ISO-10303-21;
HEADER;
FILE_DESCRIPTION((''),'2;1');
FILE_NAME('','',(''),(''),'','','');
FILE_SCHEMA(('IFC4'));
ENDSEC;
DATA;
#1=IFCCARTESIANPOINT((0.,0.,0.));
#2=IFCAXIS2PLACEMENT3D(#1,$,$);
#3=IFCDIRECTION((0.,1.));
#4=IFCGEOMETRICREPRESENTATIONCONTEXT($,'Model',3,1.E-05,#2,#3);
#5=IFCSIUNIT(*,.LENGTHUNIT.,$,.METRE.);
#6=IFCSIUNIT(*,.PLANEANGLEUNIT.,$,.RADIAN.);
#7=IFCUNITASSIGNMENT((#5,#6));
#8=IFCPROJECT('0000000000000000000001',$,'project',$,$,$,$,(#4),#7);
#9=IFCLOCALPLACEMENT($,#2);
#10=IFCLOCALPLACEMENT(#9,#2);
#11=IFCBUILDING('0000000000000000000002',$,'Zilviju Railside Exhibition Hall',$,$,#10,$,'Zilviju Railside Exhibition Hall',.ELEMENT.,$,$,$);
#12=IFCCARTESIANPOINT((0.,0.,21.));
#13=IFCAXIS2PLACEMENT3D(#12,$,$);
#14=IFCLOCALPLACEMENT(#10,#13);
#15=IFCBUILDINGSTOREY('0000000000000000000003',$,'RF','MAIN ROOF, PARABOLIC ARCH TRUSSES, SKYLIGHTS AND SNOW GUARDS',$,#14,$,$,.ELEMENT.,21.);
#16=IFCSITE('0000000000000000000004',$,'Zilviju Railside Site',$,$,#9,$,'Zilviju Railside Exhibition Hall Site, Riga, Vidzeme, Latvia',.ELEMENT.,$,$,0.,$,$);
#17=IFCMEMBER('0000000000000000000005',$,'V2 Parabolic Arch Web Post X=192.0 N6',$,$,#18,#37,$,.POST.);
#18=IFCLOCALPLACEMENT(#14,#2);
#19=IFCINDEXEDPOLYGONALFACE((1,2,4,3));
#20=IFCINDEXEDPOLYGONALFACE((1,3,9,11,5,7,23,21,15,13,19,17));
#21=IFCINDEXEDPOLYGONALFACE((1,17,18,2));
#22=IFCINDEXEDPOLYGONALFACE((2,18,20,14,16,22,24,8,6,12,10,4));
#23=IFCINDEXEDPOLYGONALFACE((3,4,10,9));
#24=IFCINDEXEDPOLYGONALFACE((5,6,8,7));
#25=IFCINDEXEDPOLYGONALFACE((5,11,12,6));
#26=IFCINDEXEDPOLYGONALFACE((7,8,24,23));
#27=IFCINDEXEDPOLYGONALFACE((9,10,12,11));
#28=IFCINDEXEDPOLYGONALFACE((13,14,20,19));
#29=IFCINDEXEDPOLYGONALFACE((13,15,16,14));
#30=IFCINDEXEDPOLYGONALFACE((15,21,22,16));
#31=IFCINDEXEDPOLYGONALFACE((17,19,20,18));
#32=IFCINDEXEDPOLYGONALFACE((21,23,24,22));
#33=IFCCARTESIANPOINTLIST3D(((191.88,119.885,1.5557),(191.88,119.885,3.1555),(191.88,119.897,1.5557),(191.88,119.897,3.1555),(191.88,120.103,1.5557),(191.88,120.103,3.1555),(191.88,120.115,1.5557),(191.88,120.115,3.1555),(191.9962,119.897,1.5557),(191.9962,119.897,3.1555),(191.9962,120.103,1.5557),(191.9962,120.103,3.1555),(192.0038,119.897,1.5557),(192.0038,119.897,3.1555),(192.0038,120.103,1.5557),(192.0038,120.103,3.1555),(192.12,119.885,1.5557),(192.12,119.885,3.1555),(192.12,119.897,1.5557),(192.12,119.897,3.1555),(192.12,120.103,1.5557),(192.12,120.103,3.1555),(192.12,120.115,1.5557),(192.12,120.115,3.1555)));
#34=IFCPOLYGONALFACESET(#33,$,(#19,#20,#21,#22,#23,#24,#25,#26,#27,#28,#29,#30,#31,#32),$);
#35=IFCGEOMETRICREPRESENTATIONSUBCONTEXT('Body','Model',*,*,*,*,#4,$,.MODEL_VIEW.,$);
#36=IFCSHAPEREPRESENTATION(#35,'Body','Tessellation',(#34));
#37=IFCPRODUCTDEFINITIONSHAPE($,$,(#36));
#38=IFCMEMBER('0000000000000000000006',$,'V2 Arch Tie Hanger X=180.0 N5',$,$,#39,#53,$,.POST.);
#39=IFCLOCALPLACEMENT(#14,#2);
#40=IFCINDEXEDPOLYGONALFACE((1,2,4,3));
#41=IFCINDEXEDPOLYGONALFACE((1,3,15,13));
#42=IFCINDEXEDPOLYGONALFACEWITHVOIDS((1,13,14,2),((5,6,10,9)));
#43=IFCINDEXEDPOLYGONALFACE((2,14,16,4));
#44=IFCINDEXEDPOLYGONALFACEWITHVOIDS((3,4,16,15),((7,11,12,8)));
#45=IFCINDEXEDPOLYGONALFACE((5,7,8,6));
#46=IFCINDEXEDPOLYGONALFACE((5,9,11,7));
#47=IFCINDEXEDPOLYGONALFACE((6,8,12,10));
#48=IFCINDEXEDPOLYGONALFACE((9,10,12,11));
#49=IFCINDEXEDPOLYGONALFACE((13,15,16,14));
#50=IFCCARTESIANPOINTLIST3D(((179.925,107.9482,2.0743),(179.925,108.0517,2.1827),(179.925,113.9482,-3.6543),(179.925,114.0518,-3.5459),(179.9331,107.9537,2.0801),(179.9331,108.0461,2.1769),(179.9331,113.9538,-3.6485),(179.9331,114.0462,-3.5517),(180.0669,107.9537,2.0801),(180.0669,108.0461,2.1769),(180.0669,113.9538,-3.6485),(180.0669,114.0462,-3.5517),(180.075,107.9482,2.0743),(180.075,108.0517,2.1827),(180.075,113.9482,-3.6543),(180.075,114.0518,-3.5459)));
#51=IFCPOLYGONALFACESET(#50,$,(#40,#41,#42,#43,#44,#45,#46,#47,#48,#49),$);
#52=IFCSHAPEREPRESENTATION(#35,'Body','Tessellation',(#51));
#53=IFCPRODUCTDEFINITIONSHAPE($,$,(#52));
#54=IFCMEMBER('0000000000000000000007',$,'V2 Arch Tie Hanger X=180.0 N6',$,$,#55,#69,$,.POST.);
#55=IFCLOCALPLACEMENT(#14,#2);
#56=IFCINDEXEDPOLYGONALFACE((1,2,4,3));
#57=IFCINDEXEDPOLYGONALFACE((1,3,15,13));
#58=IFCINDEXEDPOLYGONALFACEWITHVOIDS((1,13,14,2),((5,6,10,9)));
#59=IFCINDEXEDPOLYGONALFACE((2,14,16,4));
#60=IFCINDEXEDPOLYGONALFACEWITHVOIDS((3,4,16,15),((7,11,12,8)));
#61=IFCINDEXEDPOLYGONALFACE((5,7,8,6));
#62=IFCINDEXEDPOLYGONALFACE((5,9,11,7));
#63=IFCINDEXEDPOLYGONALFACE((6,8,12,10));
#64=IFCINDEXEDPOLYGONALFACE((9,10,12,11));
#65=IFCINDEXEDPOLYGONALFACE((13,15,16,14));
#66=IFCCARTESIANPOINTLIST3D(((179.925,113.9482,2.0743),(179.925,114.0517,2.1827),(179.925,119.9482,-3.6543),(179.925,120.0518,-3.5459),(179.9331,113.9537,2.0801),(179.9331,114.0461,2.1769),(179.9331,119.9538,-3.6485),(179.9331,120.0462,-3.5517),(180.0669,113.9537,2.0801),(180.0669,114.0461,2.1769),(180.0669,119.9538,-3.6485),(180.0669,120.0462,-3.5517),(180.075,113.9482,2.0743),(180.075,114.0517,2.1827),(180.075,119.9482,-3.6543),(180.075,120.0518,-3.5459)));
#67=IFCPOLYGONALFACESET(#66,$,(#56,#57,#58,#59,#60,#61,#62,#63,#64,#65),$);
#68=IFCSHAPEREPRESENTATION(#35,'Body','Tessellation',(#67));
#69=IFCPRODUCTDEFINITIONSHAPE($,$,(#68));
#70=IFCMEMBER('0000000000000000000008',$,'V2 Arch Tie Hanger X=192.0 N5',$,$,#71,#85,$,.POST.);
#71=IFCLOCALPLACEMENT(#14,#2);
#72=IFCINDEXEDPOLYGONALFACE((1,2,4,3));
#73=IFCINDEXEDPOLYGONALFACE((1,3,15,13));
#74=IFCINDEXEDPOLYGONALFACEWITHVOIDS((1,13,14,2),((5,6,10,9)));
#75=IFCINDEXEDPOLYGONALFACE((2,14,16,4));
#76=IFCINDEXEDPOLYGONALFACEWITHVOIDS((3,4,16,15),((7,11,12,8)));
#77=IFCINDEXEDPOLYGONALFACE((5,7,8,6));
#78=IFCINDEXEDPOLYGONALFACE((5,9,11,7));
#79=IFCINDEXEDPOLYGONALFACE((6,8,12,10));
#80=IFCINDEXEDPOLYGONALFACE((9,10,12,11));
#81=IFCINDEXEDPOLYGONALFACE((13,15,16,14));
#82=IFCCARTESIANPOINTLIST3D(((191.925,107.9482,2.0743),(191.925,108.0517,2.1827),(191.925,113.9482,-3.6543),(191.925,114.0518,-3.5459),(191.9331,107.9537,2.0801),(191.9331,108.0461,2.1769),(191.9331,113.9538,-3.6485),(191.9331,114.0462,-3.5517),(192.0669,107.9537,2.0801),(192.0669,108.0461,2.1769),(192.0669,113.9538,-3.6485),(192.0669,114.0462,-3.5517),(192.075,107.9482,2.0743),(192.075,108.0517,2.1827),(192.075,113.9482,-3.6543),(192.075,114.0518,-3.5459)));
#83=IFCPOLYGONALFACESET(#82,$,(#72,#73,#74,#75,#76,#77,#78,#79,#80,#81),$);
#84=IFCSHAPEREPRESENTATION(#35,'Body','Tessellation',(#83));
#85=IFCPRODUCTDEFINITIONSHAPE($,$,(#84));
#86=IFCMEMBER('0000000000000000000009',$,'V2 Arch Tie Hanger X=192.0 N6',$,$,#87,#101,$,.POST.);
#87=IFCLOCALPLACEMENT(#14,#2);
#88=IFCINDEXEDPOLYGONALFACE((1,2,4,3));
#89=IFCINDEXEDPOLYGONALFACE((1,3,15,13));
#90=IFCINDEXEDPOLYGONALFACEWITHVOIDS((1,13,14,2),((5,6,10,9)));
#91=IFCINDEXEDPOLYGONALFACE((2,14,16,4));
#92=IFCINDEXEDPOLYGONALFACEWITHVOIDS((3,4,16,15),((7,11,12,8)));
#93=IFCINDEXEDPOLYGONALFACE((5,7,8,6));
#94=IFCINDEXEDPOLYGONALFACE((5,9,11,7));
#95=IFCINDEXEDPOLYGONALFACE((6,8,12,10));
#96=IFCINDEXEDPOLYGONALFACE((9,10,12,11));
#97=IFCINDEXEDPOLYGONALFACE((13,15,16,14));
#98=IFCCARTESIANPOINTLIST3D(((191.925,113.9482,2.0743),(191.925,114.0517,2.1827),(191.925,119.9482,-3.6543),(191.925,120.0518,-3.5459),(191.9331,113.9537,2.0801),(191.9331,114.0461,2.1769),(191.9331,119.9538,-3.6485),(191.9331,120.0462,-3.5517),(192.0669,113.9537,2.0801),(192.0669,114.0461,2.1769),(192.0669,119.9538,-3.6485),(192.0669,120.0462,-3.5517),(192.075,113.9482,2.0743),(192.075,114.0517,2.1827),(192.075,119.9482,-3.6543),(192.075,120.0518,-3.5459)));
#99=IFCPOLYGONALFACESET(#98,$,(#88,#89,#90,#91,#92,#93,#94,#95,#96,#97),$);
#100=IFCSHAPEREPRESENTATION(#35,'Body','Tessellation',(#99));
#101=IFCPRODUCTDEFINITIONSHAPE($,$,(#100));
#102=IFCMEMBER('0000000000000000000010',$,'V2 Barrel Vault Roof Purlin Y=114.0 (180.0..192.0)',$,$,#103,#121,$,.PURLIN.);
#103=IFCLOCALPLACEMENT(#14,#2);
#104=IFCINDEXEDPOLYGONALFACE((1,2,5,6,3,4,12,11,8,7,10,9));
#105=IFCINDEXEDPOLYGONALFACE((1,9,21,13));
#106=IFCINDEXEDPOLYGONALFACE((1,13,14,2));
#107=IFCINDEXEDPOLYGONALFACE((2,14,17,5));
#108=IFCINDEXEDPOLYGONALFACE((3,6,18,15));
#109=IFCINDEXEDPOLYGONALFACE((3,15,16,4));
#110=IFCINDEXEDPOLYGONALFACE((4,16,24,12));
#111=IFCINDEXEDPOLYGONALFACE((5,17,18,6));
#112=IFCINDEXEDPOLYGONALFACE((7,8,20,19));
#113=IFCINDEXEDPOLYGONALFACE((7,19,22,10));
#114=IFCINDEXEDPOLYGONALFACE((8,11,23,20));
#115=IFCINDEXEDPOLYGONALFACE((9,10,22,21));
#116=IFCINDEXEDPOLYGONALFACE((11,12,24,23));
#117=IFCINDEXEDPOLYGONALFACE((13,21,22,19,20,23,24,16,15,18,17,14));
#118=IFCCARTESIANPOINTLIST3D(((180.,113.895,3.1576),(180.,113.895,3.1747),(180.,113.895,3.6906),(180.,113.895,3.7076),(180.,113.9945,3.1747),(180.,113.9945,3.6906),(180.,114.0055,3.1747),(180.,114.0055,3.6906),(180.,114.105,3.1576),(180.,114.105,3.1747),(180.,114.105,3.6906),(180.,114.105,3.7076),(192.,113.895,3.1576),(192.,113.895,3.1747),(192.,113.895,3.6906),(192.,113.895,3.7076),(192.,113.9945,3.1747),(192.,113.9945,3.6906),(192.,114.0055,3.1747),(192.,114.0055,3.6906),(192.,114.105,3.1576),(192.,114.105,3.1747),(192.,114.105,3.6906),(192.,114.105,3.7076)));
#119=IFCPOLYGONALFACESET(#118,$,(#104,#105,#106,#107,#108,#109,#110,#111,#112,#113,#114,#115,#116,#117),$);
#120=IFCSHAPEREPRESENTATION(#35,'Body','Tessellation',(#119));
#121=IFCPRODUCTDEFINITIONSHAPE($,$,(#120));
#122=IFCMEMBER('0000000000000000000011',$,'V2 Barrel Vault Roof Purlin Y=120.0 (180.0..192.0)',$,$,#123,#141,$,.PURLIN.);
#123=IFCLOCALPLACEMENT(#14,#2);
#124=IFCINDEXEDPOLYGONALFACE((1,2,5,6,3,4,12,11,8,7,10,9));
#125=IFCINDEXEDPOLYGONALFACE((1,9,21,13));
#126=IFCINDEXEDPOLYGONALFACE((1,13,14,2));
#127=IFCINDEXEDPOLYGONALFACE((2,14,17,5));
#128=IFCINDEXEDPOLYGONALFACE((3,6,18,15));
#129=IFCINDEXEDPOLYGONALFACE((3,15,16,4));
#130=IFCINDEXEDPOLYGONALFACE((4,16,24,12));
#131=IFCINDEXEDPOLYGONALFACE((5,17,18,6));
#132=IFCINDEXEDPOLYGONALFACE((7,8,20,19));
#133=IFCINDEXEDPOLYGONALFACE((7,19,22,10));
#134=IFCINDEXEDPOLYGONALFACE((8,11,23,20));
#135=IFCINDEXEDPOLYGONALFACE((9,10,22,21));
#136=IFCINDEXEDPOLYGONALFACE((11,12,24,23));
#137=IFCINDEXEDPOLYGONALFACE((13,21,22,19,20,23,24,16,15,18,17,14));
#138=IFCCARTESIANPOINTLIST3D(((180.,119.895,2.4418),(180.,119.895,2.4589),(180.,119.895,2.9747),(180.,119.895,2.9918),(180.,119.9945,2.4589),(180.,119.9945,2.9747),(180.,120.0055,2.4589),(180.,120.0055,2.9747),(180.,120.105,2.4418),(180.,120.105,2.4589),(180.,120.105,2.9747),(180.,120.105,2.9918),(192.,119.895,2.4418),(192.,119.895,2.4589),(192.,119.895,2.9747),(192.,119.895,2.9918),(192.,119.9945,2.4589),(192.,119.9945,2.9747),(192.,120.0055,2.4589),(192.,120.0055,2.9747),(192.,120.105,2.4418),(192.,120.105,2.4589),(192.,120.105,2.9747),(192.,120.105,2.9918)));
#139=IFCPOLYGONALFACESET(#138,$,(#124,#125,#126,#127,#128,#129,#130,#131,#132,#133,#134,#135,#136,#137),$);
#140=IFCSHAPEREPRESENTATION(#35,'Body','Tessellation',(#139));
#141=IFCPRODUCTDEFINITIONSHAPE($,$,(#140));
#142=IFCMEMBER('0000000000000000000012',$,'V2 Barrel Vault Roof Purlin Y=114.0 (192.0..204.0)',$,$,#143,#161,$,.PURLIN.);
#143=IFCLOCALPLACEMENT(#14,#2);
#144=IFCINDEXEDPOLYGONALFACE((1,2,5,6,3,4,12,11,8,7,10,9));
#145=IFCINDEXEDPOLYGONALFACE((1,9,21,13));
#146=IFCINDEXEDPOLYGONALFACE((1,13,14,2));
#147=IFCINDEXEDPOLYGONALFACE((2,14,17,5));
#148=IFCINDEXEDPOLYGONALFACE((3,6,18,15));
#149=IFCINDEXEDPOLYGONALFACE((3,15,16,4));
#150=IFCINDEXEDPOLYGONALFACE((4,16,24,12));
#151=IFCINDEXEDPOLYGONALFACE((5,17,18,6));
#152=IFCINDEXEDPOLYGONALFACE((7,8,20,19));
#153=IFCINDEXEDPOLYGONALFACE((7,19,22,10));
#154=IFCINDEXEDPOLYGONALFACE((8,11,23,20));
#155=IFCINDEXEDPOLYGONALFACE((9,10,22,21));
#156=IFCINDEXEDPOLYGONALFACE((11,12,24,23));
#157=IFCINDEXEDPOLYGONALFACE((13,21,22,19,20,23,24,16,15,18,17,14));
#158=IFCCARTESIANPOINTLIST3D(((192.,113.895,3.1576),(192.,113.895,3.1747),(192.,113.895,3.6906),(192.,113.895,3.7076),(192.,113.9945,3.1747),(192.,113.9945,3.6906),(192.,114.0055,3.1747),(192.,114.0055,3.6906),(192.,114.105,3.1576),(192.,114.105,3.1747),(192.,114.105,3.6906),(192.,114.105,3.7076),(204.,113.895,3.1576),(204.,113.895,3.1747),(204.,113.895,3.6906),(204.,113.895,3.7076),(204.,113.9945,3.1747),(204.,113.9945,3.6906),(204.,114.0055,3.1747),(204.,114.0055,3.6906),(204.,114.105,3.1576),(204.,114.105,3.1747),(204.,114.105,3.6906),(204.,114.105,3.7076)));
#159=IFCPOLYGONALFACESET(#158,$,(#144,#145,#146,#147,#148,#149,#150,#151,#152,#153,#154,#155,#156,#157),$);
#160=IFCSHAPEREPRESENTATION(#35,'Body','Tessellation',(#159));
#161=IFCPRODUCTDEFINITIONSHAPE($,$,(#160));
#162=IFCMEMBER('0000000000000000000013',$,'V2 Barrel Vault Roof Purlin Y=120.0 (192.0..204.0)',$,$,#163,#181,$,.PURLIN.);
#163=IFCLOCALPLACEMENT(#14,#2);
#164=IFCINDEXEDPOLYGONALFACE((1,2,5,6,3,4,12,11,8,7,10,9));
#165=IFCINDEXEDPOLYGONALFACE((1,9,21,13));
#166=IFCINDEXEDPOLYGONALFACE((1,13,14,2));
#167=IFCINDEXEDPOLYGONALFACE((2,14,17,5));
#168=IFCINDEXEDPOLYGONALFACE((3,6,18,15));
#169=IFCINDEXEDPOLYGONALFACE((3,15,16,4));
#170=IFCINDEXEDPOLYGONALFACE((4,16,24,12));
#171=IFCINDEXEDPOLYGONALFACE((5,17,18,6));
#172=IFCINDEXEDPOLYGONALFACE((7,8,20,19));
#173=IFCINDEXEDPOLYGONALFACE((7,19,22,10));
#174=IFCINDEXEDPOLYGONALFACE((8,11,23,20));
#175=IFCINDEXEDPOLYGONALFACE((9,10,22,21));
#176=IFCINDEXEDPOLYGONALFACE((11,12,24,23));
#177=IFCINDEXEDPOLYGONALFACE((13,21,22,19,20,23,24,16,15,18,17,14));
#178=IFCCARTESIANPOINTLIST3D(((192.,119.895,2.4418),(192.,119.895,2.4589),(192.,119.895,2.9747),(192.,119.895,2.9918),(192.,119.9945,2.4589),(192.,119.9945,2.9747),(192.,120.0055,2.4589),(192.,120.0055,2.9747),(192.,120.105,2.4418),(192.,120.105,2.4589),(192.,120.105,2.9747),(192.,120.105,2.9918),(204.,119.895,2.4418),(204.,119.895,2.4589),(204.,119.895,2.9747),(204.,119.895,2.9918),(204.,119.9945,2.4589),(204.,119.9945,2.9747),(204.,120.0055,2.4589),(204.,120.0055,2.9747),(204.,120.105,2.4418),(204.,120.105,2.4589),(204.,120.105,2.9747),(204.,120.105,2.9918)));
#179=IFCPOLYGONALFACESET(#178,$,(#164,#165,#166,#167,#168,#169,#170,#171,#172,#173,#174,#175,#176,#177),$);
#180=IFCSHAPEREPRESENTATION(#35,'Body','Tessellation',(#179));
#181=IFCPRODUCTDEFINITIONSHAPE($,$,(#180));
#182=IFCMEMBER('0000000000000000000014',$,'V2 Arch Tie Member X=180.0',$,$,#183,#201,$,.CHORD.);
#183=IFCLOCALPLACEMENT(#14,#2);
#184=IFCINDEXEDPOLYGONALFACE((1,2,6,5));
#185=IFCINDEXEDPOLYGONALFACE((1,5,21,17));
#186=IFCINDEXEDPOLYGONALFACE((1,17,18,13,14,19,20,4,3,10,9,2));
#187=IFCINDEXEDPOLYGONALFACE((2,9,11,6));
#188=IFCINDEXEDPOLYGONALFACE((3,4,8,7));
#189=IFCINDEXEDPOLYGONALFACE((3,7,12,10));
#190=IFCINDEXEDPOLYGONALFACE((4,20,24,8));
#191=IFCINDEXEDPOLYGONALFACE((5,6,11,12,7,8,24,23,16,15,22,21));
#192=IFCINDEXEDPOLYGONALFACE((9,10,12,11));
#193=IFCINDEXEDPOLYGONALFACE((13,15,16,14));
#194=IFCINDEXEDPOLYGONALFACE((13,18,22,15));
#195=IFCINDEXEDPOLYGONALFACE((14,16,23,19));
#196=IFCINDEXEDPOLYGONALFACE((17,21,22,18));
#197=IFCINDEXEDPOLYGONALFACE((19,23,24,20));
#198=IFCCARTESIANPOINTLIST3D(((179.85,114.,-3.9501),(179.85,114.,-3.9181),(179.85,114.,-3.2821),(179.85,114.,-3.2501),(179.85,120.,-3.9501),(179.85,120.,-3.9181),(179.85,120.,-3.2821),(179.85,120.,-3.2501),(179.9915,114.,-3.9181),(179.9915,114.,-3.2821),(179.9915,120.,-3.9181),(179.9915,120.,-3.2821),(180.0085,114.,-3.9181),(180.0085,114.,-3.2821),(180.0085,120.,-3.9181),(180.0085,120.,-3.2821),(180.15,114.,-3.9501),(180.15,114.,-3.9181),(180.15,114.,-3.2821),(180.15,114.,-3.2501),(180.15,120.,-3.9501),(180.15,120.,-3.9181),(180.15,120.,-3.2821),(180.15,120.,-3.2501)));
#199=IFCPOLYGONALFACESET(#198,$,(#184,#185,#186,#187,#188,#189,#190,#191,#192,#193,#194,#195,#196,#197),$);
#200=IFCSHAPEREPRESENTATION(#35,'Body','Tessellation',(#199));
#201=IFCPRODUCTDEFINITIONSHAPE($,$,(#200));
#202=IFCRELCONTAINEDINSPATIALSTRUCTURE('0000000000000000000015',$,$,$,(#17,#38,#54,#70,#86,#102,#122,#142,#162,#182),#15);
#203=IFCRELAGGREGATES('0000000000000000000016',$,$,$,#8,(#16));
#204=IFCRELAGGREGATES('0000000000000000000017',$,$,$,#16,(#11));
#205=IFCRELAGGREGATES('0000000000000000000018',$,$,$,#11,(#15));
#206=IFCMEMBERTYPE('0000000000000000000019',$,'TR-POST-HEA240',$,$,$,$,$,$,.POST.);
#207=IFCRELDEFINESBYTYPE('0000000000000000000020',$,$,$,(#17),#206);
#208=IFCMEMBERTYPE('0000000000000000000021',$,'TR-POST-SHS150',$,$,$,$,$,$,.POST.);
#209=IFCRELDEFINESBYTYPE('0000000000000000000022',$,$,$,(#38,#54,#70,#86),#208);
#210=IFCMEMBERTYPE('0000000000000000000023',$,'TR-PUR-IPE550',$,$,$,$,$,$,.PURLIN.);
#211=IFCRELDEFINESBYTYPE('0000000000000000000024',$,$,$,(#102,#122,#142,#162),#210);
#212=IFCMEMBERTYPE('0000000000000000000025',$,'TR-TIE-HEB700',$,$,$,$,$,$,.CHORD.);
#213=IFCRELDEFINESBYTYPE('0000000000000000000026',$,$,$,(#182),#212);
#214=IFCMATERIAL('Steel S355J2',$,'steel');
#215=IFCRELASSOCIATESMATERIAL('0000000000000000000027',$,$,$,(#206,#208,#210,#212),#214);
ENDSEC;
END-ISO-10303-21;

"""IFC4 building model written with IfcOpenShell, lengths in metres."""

from ifc_helpers import new_model, si_unit, direction, frame, origin, origin_2d, place, context, subcontext, project, spatial, hollow_rectangle, i_section, extrude, material, material_profile, profile_set, type_object, element, save


model = new_model("IFC4")

# Units and contexts
model_context = context("Model", 3, precision=1e-05, world=origin(), true_north=direction((0.0, 1.0)))
body_context = subcontext(model_context, "Body", "Model", "MODEL_VIEW")
ifc_project = project(units=[si_unit("LENGTHUNIT", "METRE"), si_unit("PLANEANGLEUNIT", "RADIAN")], contexts=[model_context])

# Site, building, storey
site_placement = place(None, origin())
site = spatial("IfcSite", under=ifc_project, at=site_placement, Name="Zilviju Railside Site", LongName="Zilviju Railside Exhibition Hall Site, Riga, Vidzeme, Latvia", CompositionType="ELEMENT", RefElevation=0.0)
building_placement = place(site_placement, origin())
building = spatial("IfcBuilding", under=site, at=building_placement, Name="Zilviju Railside Exhibition Hall", LongName="Zilviju Railside Exhibition Hall", CompositionType="ELEMENT")
storey_placement = place(building_placement, frame((0.0, 0.0, 21.0)))
storey = spatial("IfcBuildingStorey", under=building, at=storey_placement, Name="RF", Description="MAIN ROOF, PARABOLIC ARCH TRUSSES, SKYLIGHTS AND SNOW GUARDS", CompositionType="ELEMENT", Elevation=21.0)

# Members
ifc_material_1 = material(Name="Steel S355J2", Category="steel")
ifc_material_profile_1 = material_profile(ifc_material_1, i_section(OverallWidth=0.24, OverallDepth=0.23, WebThickness=0.0076, FlangeThickness=0.012, at=origin_2d()), Name="HEA 240")
ifc_profile_set_1 = profile_set([ifc_material_profile_1], Name="Steel S355J2")
member_type_1 = type_object("IfcMemberType", Name="TR-POST-HEA240", PredefinedType="POST", material=ifc_profile_set_1)
member_1_placement = place(storey_placement, frame((192.0, 120.0, 1.5557), z_axis=(0.0, 0.0, 1.0), x_axis=(1.0, 0.0, 0.0)))
element("IfcMember", 1, at=member_1_placement, inside=storey, type_object=member_type_1, Name="V2 Parabolic Arch Web Post X=192.0 N6", PredefinedType="POST", context=body_context, shape_type="SweptSolid", body=[
    extrude(i_section(OverallWidth=0.24, OverallDepth=0.23, WebThickness=0.0076, FlangeThickness=0.012, at=origin_2d()), origin(), (0.0, 0.0, 1.0), 1.5999),
])
ifc_material_profile_2 = material_profile(ifc_material_1, hollow_rectangle(XDim=0.1499, YDim=0.1499, WallThickness=0.0081, at=origin_2d()), Name="SHS 150x150x8.0")
ifc_profile_set_2 = profile_set([ifc_material_profile_2], Name="Steel S355J2")
member_type_2 = type_object("IfcMemberType", Name="TR-POST-SHS150", PredefinedType="POST", material=ifc_profile_set_2)
for number, where, z_axis, x_axis, name in (
    (2, (180.0, 114.0, -3.6001), (0.0, -0.723281, 0.690554), (1.0, 0.0, 0.0), "V2 Arch Tie Hanger X=180.0 N5"),
    (3, (180.0, 120.0, -3.6001), (0.0, -0.723281, 0.690554), (1.0, 0.0, 0.0), "V2 Arch Tie Hanger X=180.0 N6"),
    (4, (192.0, 114.0, -3.6001), (0.0, -0.723281, 0.690554), (1.0, 0.0, 0.0), "V2 Arch Tie Hanger X=192.0 N5"),
    (5, (192.0, 120.0, -3.6001), (0.0, -0.723281, 0.690554), (1.0, 0.0, 0.0), "V2 Arch Tie Hanger X=192.0 N6"),
):
    element("IfcMember", number, at=place(storey_placement, frame(where, z_axis=z_axis, x_axis=x_axis)), inside=storey, type_object=member_type_2, Name=name, PredefinedType="POST", context=body_context, shape_type="SweptSolid", body=[
        extrude(hollow_rectangle(XDim=0.1499, YDim=0.1499, WallThickness=0.0081, at=origin_2d()), origin(), (0.0, 0.0, 1.0), 8.2957),
    ])
ifc_material_profile_3 = material_profile(ifc_material_1, i_section(OverallWidth=0.21, OverallDepth=0.55, WebThickness=0.011, FlangeThickness=0.0171, at=origin_2d()), Name="IPE 550")
ifc_profile_set_3 = profile_set([ifc_material_profile_3], Name="Steel S355J2")
member_type_3 = type_object("IfcMemberType", Name="TR-PUR-IPE550", PredefinedType="PURLIN", material=ifc_profile_set_3)
for number, where, z_axis, x_axis, name in (
    (6, (180.0, 114.0, 3.4326), (1.0, 0.0, 0.0), (0.0, 1.0, 0.0), "V2 Barrel Vault Roof Purlin Y=114.0 (180.0..192.0)"),
    (7, (180.0, 120.0, 2.7168), (1.0, 0.0, 0.0), (0.0, 1.0, 0.0), "V2 Barrel Vault Roof Purlin Y=120.0 (180.0..192.0)"),
    (8, (192.0, 114.0, 3.4326), (1.0, 0.0, 0.0), (0.0, 1.0, 0.0), "V2 Barrel Vault Roof Purlin Y=114.0 (192.0..204.0)"),
    (9, (192.0, 120.0, 2.7168), (1.0, 0.0, 0.0), (0.0, 1.0, 0.0), "V2 Barrel Vault Roof Purlin Y=120.0 (192.0..204.0)"),
):
    element("IfcMember", number, at=place(storey_placement, frame(where, z_axis=z_axis, x_axis=x_axis)), inside=storey, type_object=member_type_3, Name=name, PredefinedType="PURLIN", context=body_context, shape_type="SweptSolid", body=[
        extrude(i_section(OverallWidth=0.21, OverallDepth=0.55, WebThickness=0.011, FlangeThickness=0.0171, at=origin_2d()), origin(), (0.0, 0.0, 1.0), 12.0),
    ])
ifc_material_profile_4 = material_profile(ifc_material_1, i_section(OverallWidth=0.3, OverallDepth=0.7, WebThickness=0.0171, FlangeThickness=0.032, at=origin_2d()), Name="HEB 700")
ifc_profile_set_4 = profile_set([ifc_material_profile_4], Name="Steel S355J2")
member_type_4 = type_object("IfcMemberType", Name="TR-TIE-HEB700", PredefinedType="CHORD", material=ifc_profile_set_4)
for number, where, z_axis, x_axis, name in (
    (10, (180.0, 114.0, -3.6001), (0.0, 1.0, 0.0), (-1.0, 0.0, 0.0), "V2 Arch Tie Member X=180.0"),
):
    element("IfcMember", number, at=place(storey_placement, frame(where, z_axis=z_axis, x_axis=x_axis)), inside=storey, type_object=member_type_4, Name=name, PredefinedType="CHORD", context=body_context, shape_type="SweptSolid", body=[
        extrude(i_section(OverallWidth=0.3, OverallDepth=0.7, WebThickness=0.0171, FlangeThickness=0.032, at=origin_2d()), origin(), (0.0, 0.0, 1.0), 6.0),
    ])

save(model, "model.ifc")
